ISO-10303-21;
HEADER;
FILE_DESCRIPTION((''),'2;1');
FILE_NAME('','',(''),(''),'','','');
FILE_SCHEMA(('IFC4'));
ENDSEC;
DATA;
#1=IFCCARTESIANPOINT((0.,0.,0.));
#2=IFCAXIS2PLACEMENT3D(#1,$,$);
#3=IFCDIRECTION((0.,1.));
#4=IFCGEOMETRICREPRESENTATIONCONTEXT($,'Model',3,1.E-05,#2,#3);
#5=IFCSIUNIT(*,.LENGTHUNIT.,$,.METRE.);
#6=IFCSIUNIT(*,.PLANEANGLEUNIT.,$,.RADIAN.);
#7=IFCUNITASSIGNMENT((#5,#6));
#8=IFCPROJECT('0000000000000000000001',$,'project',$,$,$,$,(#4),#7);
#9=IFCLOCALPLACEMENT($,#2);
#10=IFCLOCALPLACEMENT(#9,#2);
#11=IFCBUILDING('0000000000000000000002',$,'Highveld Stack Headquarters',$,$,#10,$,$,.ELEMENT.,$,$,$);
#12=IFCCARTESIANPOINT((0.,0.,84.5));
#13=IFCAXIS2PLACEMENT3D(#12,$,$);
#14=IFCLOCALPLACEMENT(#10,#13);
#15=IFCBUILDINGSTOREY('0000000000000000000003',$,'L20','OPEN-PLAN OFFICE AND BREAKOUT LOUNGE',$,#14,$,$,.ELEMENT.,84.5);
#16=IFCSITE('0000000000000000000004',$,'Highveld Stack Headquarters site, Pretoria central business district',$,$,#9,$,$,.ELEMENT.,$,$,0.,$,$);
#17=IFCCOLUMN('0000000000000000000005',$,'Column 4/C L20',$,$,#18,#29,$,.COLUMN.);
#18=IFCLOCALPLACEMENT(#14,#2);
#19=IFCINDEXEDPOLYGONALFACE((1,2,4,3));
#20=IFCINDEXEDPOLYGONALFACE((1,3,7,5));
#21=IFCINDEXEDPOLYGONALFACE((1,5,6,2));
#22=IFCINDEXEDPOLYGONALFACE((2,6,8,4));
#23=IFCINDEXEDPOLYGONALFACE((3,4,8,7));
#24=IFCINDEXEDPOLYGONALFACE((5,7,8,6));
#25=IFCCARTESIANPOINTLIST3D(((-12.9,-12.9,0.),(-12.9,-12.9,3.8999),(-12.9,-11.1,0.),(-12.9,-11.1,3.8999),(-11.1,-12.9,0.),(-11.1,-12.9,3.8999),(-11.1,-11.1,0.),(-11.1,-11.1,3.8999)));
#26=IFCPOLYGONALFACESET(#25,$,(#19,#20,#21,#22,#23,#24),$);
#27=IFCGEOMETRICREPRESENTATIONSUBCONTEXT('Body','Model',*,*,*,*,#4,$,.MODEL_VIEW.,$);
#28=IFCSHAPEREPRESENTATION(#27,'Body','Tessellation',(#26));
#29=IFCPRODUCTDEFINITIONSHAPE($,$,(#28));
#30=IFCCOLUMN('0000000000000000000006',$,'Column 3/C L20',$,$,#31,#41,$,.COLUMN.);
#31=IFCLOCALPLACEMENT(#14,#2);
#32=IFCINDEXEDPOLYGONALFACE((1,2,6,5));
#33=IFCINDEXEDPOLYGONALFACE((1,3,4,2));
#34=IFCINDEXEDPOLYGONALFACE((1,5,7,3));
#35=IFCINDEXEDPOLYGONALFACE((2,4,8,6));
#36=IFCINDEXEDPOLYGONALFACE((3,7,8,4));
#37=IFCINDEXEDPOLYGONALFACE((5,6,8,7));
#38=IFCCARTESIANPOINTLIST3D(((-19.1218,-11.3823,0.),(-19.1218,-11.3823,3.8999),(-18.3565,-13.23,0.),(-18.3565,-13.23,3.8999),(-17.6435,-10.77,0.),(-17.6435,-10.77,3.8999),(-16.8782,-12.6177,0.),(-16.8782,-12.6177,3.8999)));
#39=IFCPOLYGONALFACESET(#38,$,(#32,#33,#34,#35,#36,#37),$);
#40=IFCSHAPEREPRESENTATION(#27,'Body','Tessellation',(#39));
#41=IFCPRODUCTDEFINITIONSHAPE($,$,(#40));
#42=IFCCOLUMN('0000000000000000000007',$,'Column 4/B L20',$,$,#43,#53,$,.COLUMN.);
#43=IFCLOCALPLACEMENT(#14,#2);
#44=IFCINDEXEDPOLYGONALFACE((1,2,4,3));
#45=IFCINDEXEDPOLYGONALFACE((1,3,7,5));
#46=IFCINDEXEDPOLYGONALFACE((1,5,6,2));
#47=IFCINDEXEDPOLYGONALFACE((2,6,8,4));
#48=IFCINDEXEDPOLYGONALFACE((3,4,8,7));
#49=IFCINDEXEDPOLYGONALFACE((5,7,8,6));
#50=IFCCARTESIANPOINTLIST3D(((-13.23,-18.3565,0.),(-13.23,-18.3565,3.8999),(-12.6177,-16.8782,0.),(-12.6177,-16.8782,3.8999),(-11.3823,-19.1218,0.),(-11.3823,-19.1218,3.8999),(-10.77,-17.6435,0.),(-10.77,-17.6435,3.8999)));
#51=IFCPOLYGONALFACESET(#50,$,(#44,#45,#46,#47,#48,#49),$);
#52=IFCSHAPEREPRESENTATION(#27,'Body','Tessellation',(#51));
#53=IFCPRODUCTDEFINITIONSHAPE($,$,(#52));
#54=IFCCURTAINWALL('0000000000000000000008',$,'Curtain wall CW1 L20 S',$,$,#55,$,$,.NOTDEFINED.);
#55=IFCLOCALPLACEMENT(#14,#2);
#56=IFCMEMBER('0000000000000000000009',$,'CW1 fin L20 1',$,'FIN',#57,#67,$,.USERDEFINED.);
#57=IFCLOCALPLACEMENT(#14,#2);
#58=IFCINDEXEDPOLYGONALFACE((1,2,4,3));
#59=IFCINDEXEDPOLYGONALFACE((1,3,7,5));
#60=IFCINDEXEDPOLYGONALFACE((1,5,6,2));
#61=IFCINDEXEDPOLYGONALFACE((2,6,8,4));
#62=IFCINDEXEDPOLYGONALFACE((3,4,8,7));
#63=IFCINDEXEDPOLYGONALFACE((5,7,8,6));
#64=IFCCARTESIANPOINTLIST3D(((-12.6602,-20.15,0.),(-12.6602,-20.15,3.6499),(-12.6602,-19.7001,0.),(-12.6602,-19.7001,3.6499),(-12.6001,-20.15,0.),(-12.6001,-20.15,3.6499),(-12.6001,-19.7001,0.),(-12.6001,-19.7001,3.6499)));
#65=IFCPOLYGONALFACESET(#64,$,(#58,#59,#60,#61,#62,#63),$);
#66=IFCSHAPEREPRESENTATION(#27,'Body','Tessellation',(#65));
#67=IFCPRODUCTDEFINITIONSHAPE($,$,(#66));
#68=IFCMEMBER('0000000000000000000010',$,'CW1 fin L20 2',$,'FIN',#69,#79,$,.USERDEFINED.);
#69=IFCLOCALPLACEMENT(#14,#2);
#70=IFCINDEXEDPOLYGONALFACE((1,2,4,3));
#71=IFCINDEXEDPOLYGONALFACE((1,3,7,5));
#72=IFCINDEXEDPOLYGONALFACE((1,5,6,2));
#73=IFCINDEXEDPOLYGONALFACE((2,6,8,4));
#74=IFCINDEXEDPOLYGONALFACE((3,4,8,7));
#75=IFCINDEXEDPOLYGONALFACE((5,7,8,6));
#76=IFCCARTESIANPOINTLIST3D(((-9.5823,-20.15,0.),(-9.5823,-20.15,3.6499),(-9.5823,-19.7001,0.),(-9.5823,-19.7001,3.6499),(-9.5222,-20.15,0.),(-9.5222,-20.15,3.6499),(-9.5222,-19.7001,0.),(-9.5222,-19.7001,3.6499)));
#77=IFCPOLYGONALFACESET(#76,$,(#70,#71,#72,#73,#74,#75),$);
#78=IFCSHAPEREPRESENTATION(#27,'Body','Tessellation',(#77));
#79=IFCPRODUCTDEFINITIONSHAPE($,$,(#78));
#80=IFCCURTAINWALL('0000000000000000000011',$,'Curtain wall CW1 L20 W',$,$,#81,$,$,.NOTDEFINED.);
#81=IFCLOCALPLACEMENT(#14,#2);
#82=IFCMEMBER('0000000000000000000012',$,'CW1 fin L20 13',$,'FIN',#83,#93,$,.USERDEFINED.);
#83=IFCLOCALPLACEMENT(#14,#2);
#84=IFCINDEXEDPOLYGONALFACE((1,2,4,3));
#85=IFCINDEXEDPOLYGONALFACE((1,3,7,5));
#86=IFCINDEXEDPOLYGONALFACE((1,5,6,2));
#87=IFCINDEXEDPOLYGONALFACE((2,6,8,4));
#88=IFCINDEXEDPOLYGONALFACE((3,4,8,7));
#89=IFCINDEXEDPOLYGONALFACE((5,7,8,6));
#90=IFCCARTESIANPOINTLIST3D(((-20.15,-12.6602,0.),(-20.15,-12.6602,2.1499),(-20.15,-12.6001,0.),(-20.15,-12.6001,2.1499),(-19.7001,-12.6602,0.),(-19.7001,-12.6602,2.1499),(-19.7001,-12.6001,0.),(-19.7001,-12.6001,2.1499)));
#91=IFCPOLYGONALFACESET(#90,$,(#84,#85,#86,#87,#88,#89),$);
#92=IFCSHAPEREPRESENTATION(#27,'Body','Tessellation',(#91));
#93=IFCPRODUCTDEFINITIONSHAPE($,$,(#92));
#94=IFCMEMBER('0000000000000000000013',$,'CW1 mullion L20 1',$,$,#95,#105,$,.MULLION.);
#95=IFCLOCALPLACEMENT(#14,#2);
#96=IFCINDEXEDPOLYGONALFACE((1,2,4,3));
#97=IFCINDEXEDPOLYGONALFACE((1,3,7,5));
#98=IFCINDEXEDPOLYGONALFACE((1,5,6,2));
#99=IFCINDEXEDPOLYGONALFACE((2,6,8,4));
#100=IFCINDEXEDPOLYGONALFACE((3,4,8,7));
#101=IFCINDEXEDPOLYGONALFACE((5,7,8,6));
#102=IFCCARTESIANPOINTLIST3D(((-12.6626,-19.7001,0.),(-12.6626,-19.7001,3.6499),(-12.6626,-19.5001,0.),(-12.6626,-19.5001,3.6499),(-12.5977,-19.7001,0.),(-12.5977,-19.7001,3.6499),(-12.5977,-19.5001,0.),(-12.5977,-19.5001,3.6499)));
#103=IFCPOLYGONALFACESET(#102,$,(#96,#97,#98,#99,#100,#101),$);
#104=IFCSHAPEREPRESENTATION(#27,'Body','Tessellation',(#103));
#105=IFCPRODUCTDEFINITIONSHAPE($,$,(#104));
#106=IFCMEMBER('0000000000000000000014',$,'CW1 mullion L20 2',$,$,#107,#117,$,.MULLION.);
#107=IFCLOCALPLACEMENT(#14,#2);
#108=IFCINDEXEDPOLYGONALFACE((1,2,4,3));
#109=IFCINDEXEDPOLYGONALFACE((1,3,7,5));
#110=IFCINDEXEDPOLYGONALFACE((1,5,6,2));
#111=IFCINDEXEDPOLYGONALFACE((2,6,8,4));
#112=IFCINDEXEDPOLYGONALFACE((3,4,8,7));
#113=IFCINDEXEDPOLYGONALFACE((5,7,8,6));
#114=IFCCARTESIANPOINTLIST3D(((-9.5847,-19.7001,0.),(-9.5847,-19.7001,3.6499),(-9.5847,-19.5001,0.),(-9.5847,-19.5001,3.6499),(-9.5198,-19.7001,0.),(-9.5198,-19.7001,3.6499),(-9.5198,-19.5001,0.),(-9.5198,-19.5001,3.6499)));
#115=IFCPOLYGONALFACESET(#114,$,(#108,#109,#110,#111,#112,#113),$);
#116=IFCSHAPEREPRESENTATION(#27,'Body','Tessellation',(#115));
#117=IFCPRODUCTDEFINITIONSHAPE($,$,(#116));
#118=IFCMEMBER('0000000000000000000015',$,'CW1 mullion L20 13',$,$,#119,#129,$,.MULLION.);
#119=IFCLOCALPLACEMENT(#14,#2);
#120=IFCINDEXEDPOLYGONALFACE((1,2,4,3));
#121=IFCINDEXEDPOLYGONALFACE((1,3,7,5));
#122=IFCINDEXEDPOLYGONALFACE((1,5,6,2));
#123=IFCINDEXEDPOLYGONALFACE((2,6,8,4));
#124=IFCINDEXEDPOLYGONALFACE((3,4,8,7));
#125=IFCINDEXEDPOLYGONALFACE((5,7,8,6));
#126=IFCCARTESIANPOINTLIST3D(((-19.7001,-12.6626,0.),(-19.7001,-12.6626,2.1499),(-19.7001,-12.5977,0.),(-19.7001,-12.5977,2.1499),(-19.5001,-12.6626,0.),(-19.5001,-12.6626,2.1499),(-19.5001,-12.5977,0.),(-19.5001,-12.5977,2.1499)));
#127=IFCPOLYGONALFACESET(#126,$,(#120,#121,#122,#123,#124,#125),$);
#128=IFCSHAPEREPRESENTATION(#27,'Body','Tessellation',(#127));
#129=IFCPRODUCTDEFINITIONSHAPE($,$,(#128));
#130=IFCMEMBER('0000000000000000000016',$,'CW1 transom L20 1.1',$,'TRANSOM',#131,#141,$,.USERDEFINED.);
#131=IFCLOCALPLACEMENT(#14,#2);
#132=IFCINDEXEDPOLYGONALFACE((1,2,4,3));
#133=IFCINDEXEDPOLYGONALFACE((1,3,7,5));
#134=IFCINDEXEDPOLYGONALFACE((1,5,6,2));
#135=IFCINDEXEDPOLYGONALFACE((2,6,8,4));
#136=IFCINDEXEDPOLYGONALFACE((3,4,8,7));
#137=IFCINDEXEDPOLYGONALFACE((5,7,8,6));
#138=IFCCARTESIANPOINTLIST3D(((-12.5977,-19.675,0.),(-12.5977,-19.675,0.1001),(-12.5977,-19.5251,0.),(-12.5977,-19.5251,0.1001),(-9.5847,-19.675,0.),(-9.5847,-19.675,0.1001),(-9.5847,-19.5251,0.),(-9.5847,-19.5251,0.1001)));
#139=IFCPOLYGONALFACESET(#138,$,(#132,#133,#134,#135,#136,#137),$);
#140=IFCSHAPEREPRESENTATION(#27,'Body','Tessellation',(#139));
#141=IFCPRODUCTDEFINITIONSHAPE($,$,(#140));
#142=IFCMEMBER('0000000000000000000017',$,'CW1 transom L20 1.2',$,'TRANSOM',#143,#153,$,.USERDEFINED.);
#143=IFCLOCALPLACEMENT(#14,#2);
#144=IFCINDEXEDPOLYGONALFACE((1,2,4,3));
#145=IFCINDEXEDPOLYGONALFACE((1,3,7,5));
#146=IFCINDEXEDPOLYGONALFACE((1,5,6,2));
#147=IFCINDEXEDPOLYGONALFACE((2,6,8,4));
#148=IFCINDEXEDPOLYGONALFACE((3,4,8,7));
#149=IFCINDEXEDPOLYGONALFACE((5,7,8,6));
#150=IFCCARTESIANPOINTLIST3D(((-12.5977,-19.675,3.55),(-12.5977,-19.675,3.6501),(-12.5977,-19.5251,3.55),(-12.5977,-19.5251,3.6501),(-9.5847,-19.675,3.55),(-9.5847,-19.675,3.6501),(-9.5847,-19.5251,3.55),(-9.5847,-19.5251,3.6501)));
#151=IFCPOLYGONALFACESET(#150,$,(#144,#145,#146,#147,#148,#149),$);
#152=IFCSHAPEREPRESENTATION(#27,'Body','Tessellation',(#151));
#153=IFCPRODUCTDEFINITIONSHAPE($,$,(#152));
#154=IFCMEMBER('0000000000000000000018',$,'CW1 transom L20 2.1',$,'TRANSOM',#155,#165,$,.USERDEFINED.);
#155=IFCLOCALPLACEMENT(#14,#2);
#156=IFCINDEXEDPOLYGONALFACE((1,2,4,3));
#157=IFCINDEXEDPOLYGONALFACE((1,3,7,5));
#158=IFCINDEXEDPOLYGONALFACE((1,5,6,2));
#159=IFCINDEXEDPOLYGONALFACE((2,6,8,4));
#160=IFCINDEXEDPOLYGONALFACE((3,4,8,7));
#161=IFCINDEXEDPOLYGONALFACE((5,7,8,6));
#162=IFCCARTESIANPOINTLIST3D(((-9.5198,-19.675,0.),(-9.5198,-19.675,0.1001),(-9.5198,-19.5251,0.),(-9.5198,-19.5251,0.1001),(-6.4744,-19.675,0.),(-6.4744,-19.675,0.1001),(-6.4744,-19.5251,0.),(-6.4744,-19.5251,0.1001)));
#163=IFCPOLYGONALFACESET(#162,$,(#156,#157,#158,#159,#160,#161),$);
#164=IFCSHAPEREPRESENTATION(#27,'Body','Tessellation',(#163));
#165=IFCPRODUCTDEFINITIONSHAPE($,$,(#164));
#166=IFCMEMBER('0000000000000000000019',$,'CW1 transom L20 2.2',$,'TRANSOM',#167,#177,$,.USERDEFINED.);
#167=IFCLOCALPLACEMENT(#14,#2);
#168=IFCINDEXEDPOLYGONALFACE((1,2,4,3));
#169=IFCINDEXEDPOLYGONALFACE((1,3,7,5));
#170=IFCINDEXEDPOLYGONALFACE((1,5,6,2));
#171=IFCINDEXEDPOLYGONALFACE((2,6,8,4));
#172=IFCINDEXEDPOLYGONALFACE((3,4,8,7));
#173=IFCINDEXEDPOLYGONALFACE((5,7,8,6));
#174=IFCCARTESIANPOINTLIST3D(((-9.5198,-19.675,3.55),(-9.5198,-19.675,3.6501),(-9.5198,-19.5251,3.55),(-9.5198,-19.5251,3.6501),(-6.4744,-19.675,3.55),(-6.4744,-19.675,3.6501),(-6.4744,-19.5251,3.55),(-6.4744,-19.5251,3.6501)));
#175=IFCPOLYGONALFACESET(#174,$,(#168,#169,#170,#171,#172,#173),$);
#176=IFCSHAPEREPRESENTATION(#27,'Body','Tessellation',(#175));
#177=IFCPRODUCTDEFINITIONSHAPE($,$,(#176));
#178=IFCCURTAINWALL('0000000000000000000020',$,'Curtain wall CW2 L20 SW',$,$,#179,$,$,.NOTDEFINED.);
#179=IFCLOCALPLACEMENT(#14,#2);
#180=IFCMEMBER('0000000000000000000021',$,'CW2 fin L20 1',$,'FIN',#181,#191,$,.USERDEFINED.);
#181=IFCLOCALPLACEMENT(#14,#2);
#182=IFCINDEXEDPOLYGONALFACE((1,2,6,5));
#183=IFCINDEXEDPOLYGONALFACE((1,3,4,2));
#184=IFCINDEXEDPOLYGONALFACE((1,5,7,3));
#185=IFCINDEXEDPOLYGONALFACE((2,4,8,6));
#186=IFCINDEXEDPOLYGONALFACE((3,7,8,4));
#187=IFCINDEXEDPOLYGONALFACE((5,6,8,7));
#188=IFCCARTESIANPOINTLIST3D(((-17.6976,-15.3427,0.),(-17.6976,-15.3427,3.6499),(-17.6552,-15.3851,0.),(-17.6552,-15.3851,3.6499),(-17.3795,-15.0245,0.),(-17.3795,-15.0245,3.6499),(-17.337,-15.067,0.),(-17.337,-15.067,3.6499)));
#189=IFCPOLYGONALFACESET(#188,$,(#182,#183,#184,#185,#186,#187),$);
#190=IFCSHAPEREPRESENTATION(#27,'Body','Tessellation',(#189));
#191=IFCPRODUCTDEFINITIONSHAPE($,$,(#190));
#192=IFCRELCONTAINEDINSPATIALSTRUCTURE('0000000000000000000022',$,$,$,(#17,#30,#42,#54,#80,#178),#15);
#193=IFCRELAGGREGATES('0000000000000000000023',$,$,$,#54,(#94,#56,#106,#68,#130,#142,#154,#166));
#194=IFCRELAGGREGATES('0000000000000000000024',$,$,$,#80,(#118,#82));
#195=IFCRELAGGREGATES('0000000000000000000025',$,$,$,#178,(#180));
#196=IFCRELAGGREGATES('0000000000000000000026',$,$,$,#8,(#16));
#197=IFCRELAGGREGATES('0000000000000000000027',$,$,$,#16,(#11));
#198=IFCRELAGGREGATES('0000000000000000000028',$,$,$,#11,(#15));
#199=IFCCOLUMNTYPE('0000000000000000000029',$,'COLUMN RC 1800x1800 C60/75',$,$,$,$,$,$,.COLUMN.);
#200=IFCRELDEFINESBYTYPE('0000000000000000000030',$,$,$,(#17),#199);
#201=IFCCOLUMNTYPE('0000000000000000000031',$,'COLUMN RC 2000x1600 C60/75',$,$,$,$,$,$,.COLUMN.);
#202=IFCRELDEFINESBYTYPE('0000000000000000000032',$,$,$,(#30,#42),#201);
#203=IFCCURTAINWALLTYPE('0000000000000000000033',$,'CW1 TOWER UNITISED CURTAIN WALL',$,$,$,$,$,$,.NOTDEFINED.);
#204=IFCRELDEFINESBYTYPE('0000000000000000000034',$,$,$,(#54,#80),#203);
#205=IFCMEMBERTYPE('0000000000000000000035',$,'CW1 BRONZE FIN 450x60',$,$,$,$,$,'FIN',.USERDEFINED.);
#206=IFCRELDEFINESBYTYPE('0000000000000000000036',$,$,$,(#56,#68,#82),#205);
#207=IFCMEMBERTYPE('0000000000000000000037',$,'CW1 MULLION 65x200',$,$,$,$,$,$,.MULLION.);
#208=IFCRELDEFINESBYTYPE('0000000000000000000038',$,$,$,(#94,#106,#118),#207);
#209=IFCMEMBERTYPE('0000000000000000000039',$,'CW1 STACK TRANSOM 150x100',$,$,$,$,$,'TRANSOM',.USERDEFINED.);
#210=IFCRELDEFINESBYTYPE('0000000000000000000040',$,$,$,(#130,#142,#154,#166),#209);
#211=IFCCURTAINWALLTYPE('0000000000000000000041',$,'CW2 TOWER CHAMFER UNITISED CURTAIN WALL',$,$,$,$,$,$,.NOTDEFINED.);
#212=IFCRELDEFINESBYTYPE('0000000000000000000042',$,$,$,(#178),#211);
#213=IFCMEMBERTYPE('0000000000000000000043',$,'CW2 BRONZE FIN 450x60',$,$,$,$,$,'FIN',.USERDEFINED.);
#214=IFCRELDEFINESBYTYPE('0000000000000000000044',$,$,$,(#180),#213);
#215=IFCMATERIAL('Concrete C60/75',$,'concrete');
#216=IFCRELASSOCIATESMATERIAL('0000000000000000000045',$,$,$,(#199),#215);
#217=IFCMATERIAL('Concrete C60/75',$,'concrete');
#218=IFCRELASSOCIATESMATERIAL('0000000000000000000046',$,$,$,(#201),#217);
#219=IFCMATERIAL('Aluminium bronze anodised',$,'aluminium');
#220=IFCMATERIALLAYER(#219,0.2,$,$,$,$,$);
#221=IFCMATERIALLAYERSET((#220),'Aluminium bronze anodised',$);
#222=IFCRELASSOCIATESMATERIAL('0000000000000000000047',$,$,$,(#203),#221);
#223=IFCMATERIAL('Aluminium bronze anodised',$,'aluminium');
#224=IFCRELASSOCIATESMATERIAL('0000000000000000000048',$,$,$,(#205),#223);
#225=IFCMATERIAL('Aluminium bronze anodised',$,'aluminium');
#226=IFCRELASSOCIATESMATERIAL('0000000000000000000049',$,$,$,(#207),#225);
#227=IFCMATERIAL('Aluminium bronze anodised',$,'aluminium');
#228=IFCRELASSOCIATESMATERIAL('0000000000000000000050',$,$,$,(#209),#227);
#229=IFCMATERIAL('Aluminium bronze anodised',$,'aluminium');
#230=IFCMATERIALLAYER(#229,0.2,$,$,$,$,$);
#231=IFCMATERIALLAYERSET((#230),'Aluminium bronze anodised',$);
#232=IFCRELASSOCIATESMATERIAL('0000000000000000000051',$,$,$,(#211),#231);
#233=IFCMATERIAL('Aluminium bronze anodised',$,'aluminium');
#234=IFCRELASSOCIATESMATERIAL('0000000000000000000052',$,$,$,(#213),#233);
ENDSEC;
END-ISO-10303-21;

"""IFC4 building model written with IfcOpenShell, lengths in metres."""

from ifc_helpers import new_model, si_unit, direction, frame, origin, origin_2d, place, context, subcontext, project, spatial, rectangle, extrude, material, layer, layer_set, material_profile, profile_set, type_object, element, aggregate, save


model = new_model("IFC4")

# Units and contexts
model_context = context("Model", 3, precision=1e-05, world=origin(), true_north=direction((0.0, 1.0)))
body_context = subcontext(model_context, "Body", "Model", "MODEL_VIEW")
ifc_project = project(units=[si_unit("LENGTHUNIT", "METRE"), si_unit("PLANEANGLEUNIT", "RADIAN")], contexts=[model_context])

# Site, building, storey
site_placement = place(None, origin())
site = spatial("IfcSite", under=ifc_project, at=site_placement, Name="Highveld Stack Headquarters site, Pretoria central business district", CompositionType="ELEMENT", RefElevation=0.0)
building_placement = place(site_placement, origin())
building = spatial("IfcBuilding", under=site, at=building_placement, Name="Highveld Stack Headquarters", CompositionType="ELEMENT")
storey_placement = place(building_placement, frame((0.0, 0.0, 84.5)))
storey = spatial("IfcBuildingStorey", under=building, at=storey_placement, Name="L20", Description="OPEN-PLAN OFFICE AND BREAKOUT LOUNGE", CompositionType="ELEMENT", Elevation=84.5)

# Columns
ifc_material_1 = material(Name="Concrete C60/75", Category="concrete")
ifc_material_profile_1 = material_profile(ifc_material_1, rectangle(XDim=1.8, YDim=1.8, at=origin_2d()), Name="RC 1800x1800")
ifc_profile_set_1 = profile_set([ifc_material_profile_1], Name="Concrete C60/75")
column_type_1 = type_object("IfcColumnType", Name="COLUMN RC 1800x1800 C60/75", PredefinedType="COLUMN", material=ifc_profile_set_1)
column_placement = place(storey_placement, frame((-12.0, -12.0, 0.0), z_axis=(0.0, 0.0, 1.0), x_axis=(1.0, 0.0, 0.0)))
element("IfcColumn", 1, at=column_placement, inside=storey, type_object=column_type_1, Name="Column 4/C L20", PredefinedType="COLUMN", context=body_context, shape_type="SweptSolid", body=[
    extrude(rectangle(XDim=1.8, YDim=1.8, at=origin_2d()), origin(), (0.0, 0.0, 1.0), 3.8999),
])
ifc_material_2 = material(Name="Concrete C60/75", Category="concrete")
ifc_material_profile_2 = material_profile(ifc_material_2, rectangle(XDim=2.0, YDim=1.6001, at=origin_2d()), Name="RC 2000x1600")
ifc_profile_set_2 = profile_set([ifc_material_profile_2], Name="Concrete C60/75")
column_type_2 = type_object("IfcColumnType", Name="COLUMN RC 2000x1600 C60/75", PredefinedType="COLUMN", material=ifc_profile_set_2)
for number, where, z_axis, x_axis, name in (
    (2, (-18.0, -12.0, 0.0), (0.0, 0.0, 1.0), (-0.382683, 0.92388, 0.0), "Column 3/C L20"),
    (3, (-12.0, -18.0, 0.0), (0.0, 0.0, 1.0), (-0.92388, 0.382683, 0.0), "Column 4/B L20"),
):
    element("IfcColumn", number, at=place(storey_placement, frame(where, z_axis=z_axis, x_axis=x_axis)), inside=storey, type_object=column_type_2, Name=name, PredefinedType="COLUMN", context=body_context, shape_type="SweptSolid", body=[
        extrude(rectangle(XDim=2.0, YDim=1.6001, at=origin_2d()), origin(), (0.0, 0.0, 1.0), 3.8999),
    ])

# Curtain wall, members
ifc_material_3 = material(Name="Aluminium bronze anodised", Category="aluminium")
ifc_layer_1 = layer(ifc_material_3, 0.2)
ifc_layer_set_1 = layer_set([ifc_layer_1], Name="Aluminium bronze anodised")
curtain_wall_type_1 = type_object("IfcCurtainWallType", Name="CW1 TOWER UNITISED CURTAIN WALL", PredefinedType="NOTDEFINED", material=ifc_layer_set_1)
curtain_wall_1_placement = place(storey_placement, origin())
curtain_wall_1 = element("IfcCurtainWall", 4, at=curtain_wall_1_placement, inside=storey, type_object=curtain_wall_type_1, Name="Curtain wall CW1 L20 S", PredefinedType="NOTDEFINED")
ifc_material_4 = material(Name="Aluminium bronze anodised", Category="aluminium")
ifc_material_profile_3 = material_profile(ifc_material_4, rectangle(XDim=0.45, YDim=0.0601, at=origin_2d()), Name="FIN 450x60")
ifc_profile_set_3 = profile_set([ifc_material_profile_3], Name="Aluminium bronze anodised")
member_type_1 = type_object("IfcMemberType", Name="CW1 BRONZE FIN 450x60", ElementType="FIN", PredefinedType="USERDEFINED", material=ifc_profile_set_3)
member_1_placement = place(storey_placement, frame((-12.6301, -19.925, 0.0), z_axis=(0.0, 0.0, 1.0), x_axis=(0.0, 1.0, 0.0)))
member_1 = element("IfcMember", 5, at=member_1_placement, type_object=member_type_1, Name="CW1 fin L20 1", ObjectType="FIN", PredefinedType="USERDEFINED", context=body_context, shape_type="SweptSolid", body=[
    extrude(rectangle(XDim=0.45, YDim=0.0601, at=origin_2d()), origin(), (0.0, 0.0, 1.0), 3.6499),
])
member_2_placement = place(storey_placement, frame((-9.5522, -19.925, 0.0), z_axis=(0.0, 0.0, 1.0), x_axis=(0.0, 1.0, 0.0)))
member_2 = element("IfcMember", 6, at=member_2_placement, type_object=member_type_1, Name="CW1 fin L20 2", ObjectType="FIN", PredefinedType="USERDEFINED", context=body_context, shape_type="SweptSolid", body=[
    extrude(rectangle(XDim=0.45, YDim=0.0601, at=origin_2d()), origin(), (0.0, 0.0, 1.0), 3.6499),
])

# Curtain wall, member
curtain_wall_2_placement = place(storey_placement, origin())
curtain_wall_2 = element("IfcCurtainWall", 7, at=curtain_wall_2_placement, inside=storey, type_object=curtain_wall_type_1, Name="Curtain wall CW1 L20 W", PredefinedType="NOTDEFINED")
member_3_placement = place(storey_placement, frame((-19.925, -12.6301, 0.0), z_axis=(0.0, 0.0, 1.0), x_axis=(1.0, 0.0, 0.0)))
member_3 = element("IfcMember", 8, at=member_3_placement, type_object=member_type_1, Name="CW1 fin L20 13", ObjectType="FIN", PredefinedType="USERDEFINED", context=body_context, shape_type="SweptSolid", body=[
    extrude(rectangle(XDim=0.45, YDim=0.0601, at=origin_2d()), origin(), (0.0, 0.0, 1.0), 2.1499),
])

# Members
ifc_material_5 = material(Name="Aluminium bronze anodised", Category="aluminium")
ifc_material_profile_4 = material_profile(ifc_material_5, rectangle(XDim=0.2, YDim=0.0649, at=origin_2d()), Name="CW1 MULLION 65x200")
ifc_profile_set_4 = profile_set([ifc_material_profile_4], Name="Aluminium bronze anodised")
member_type_2 = type_object("IfcMemberType", Name="CW1 MULLION 65x200", PredefinedType="MULLION", material=ifc_profile_set_4)
member_4_placement = place(storey_placement, frame((-12.6301, -19.6001, 0.0), z_axis=(0.0, 0.0, 1.0), x_axis=(0.0, 1.0, 0.0)))
member_4 = element("IfcMember", 9, at=member_4_placement, type_object=member_type_2, Name="CW1 mullion L20 1", PredefinedType="MULLION", context=body_context, shape_type="SweptSolid", body=[
    extrude(rectangle(XDim=0.2, YDim=0.0649, at=origin_2d()), origin(), (0.0, 0.0, 1.0), 3.6499),
])
member_5_placement = place(storey_placement, frame((-9.5522, -19.6001, 0.0), z_axis=(0.0, 0.0, 1.0), x_axis=(0.0, 1.0, 0.0)))
member_5 = element("IfcMember", 10, at=member_5_placement, type_object=member_type_2, Name="CW1 mullion L20 2", PredefinedType="MULLION", context=body_context, shape_type="SweptSolid", body=[
    extrude(rectangle(XDim=0.2, YDim=0.0649, at=origin_2d()), origin(), (0.0, 0.0, 1.0), 3.6499),
])
member_6_placement = place(storey_placement, frame((-19.6001, -12.6301, 0.0), z_axis=(0.0, 0.0, 1.0), x_axis=(1.0, 0.0, 0.0)))
member_6 = element("IfcMember", 11, at=member_6_placement, type_object=member_type_2, Name="CW1 mullion L20 13", PredefinedType="MULLION", context=body_context, shape_type="SweptSolid", body=[
    extrude(rectangle(XDim=0.2, YDim=0.0649, at=origin_2d()), origin(), (0.0, 0.0, 1.0), 2.1499),
])
ifc_material_6 = material(Name="Aluminium bronze anodised", Category="aluminium")
ifc_material_profile_5 = material_profile(ifc_material_6, rectangle(XDim=0.1499, YDim=0.1001, at=origin_2d()), Name="CW1 TRANSOM 150x100")
ifc_profile_set_5 = profile_set([ifc_material_profile_5], Name="Aluminium bronze anodised")
member_type_3 = type_object("IfcMemberType", Name="CW1 STACK TRANSOM 150x100", ElementType="TRANSOM", PredefinedType="USERDEFINED", material=ifc_profile_set_5)
member_7_placement = place(storey_placement, frame((-12.5977, -19.6001, 0.05), z_axis=(1.0, 0.0, 0.0), x_axis=(0.0, 1.0, 0.0)))
member_7 = element("IfcMember", 12, at=member_7_placement, type_object=member_type_3, Name="CW1 transom L20 1.1", ObjectType="TRANSOM", PredefinedType="USERDEFINED", context=body_context, shape_type="SweptSolid", body=[
    extrude(rectangle(XDim=0.1499, YDim=0.1001, at=origin_2d()), origin(), (0.0, 0.0, 1.0), 3.0129),
])
member_8_placement = place(storey_placement, frame((-12.5977, -19.6001, 3.6001), z_axis=(1.0, 0.0, 0.0), x_axis=(0.0, 1.0, 0.0)))
member_8 = element("IfcMember", 13, at=member_8_placement, type_object=member_type_3, Name="CW1 transom L20 1.2", ObjectType="TRANSOM", PredefinedType="USERDEFINED", context=body_context, shape_type="SweptSolid", body=[
    extrude(rectangle(XDim=0.1499, YDim=0.1001, at=origin_2d()), origin(), (0.0, 0.0, 1.0), 3.0129),
])
member_9_placement = place(storey_placement, frame((-9.5198, -19.6001, 0.05), z_axis=(1.0, 0.0, 0.0), x_axis=(0.0, 1.0, 0.0)))
member_9 = element("IfcMember", 14, at=member_9_placement, type_object=member_type_3, Name="CW1 transom L20 2.1", ObjectType="TRANSOM", PredefinedType="USERDEFINED", context=body_context, shape_type="SweptSolid", body=[
    extrude(rectangle(XDim=0.1499, YDim=0.1001, at=origin_2d()), origin(), (0.0, 0.0, 1.0), 3.0454),
])
member_10_placement = place(storey_placement, frame((-9.5198, -19.6001, 3.6001), z_axis=(1.0, 0.0, 0.0), x_axis=(0.0, 1.0, 0.0)))
member_10 = element("IfcMember", 15, at=member_10_placement, type_object=member_type_3, Name="CW1 transom L20 2.2", ObjectType="TRANSOM", PredefinedType="USERDEFINED", context=body_context, shape_type="SweptSolid", body=[
    extrude(rectangle(XDim=0.1499, YDim=0.1001, at=origin_2d()), origin(), (0.0, 0.0, 1.0), 3.0454),
])

# Curtain wall, member
ifc_material_7 = material(Name="Aluminium bronze anodised", Category="aluminium")
ifc_layer_2 = layer(ifc_material_7, 0.2)
ifc_layer_set_2 = layer_set([ifc_layer_2], Name="Aluminium bronze anodised")
curtain_wall_type_2 = type_object("IfcCurtainWallType", Name="CW2 TOWER CHAMFER UNITISED CURTAIN WALL", PredefinedType="NOTDEFINED", material=ifc_layer_set_2)
curtain_wall_3_placement = place(storey_placement, origin())
curtain_wall_3 = element("IfcCurtainWall", 16, at=curtain_wall_3_placement, inside=storey, type_object=curtain_wall_type_2, Name="Curtain wall CW2 L20 SW", PredefinedType="NOTDEFINED")
ifc_material_8 = material(Name="Aluminium bronze anodised", Category="aluminium")
ifc_material_profile_6 = material_profile(ifc_material_8, rectangle(XDim=0.45, YDim=0.0601, at=origin_2d()), Name="FIN 450x60")
ifc_profile_set_6 = profile_set([ifc_material_profile_6], Name="Aluminium bronze anodised")
member_type_4 = type_object("IfcMemberType", Name="CW2 BRONZE FIN 450x60", ElementType="FIN", PredefinedType="USERDEFINED", material=ifc_profile_set_6)
member_11_placement = place(storey_placement, frame((-17.5173, -15.2048, 0.0), z_axis=(0.0, 0.0, 1.0), x_axis=(0.707107, 0.707107, 0.0)))
member_11 = element("IfcMember", 17, at=member_11_placement, type_object=member_type_4, Name="CW2 fin L20 1", ObjectType="FIN", PredefinedType="USERDEFINED", context=body_context, shape_type="SweptSolid", body=[
    extrude(rectangle(XDim=0.45, YDim=0.0601, at=origin_2d()), origin(), (0.0, 0.0, 1.0), 3.6499),
])

aggregate(curtain_wall_1, [member_4, member_1, member_5, member_2, member_7, member_8, member_9, member_10])
aggregate(curtain_wall_2, [member_6, member_3])
aggregate(curtain_wall_3, [member_11])

save(model, "model.ifc")
